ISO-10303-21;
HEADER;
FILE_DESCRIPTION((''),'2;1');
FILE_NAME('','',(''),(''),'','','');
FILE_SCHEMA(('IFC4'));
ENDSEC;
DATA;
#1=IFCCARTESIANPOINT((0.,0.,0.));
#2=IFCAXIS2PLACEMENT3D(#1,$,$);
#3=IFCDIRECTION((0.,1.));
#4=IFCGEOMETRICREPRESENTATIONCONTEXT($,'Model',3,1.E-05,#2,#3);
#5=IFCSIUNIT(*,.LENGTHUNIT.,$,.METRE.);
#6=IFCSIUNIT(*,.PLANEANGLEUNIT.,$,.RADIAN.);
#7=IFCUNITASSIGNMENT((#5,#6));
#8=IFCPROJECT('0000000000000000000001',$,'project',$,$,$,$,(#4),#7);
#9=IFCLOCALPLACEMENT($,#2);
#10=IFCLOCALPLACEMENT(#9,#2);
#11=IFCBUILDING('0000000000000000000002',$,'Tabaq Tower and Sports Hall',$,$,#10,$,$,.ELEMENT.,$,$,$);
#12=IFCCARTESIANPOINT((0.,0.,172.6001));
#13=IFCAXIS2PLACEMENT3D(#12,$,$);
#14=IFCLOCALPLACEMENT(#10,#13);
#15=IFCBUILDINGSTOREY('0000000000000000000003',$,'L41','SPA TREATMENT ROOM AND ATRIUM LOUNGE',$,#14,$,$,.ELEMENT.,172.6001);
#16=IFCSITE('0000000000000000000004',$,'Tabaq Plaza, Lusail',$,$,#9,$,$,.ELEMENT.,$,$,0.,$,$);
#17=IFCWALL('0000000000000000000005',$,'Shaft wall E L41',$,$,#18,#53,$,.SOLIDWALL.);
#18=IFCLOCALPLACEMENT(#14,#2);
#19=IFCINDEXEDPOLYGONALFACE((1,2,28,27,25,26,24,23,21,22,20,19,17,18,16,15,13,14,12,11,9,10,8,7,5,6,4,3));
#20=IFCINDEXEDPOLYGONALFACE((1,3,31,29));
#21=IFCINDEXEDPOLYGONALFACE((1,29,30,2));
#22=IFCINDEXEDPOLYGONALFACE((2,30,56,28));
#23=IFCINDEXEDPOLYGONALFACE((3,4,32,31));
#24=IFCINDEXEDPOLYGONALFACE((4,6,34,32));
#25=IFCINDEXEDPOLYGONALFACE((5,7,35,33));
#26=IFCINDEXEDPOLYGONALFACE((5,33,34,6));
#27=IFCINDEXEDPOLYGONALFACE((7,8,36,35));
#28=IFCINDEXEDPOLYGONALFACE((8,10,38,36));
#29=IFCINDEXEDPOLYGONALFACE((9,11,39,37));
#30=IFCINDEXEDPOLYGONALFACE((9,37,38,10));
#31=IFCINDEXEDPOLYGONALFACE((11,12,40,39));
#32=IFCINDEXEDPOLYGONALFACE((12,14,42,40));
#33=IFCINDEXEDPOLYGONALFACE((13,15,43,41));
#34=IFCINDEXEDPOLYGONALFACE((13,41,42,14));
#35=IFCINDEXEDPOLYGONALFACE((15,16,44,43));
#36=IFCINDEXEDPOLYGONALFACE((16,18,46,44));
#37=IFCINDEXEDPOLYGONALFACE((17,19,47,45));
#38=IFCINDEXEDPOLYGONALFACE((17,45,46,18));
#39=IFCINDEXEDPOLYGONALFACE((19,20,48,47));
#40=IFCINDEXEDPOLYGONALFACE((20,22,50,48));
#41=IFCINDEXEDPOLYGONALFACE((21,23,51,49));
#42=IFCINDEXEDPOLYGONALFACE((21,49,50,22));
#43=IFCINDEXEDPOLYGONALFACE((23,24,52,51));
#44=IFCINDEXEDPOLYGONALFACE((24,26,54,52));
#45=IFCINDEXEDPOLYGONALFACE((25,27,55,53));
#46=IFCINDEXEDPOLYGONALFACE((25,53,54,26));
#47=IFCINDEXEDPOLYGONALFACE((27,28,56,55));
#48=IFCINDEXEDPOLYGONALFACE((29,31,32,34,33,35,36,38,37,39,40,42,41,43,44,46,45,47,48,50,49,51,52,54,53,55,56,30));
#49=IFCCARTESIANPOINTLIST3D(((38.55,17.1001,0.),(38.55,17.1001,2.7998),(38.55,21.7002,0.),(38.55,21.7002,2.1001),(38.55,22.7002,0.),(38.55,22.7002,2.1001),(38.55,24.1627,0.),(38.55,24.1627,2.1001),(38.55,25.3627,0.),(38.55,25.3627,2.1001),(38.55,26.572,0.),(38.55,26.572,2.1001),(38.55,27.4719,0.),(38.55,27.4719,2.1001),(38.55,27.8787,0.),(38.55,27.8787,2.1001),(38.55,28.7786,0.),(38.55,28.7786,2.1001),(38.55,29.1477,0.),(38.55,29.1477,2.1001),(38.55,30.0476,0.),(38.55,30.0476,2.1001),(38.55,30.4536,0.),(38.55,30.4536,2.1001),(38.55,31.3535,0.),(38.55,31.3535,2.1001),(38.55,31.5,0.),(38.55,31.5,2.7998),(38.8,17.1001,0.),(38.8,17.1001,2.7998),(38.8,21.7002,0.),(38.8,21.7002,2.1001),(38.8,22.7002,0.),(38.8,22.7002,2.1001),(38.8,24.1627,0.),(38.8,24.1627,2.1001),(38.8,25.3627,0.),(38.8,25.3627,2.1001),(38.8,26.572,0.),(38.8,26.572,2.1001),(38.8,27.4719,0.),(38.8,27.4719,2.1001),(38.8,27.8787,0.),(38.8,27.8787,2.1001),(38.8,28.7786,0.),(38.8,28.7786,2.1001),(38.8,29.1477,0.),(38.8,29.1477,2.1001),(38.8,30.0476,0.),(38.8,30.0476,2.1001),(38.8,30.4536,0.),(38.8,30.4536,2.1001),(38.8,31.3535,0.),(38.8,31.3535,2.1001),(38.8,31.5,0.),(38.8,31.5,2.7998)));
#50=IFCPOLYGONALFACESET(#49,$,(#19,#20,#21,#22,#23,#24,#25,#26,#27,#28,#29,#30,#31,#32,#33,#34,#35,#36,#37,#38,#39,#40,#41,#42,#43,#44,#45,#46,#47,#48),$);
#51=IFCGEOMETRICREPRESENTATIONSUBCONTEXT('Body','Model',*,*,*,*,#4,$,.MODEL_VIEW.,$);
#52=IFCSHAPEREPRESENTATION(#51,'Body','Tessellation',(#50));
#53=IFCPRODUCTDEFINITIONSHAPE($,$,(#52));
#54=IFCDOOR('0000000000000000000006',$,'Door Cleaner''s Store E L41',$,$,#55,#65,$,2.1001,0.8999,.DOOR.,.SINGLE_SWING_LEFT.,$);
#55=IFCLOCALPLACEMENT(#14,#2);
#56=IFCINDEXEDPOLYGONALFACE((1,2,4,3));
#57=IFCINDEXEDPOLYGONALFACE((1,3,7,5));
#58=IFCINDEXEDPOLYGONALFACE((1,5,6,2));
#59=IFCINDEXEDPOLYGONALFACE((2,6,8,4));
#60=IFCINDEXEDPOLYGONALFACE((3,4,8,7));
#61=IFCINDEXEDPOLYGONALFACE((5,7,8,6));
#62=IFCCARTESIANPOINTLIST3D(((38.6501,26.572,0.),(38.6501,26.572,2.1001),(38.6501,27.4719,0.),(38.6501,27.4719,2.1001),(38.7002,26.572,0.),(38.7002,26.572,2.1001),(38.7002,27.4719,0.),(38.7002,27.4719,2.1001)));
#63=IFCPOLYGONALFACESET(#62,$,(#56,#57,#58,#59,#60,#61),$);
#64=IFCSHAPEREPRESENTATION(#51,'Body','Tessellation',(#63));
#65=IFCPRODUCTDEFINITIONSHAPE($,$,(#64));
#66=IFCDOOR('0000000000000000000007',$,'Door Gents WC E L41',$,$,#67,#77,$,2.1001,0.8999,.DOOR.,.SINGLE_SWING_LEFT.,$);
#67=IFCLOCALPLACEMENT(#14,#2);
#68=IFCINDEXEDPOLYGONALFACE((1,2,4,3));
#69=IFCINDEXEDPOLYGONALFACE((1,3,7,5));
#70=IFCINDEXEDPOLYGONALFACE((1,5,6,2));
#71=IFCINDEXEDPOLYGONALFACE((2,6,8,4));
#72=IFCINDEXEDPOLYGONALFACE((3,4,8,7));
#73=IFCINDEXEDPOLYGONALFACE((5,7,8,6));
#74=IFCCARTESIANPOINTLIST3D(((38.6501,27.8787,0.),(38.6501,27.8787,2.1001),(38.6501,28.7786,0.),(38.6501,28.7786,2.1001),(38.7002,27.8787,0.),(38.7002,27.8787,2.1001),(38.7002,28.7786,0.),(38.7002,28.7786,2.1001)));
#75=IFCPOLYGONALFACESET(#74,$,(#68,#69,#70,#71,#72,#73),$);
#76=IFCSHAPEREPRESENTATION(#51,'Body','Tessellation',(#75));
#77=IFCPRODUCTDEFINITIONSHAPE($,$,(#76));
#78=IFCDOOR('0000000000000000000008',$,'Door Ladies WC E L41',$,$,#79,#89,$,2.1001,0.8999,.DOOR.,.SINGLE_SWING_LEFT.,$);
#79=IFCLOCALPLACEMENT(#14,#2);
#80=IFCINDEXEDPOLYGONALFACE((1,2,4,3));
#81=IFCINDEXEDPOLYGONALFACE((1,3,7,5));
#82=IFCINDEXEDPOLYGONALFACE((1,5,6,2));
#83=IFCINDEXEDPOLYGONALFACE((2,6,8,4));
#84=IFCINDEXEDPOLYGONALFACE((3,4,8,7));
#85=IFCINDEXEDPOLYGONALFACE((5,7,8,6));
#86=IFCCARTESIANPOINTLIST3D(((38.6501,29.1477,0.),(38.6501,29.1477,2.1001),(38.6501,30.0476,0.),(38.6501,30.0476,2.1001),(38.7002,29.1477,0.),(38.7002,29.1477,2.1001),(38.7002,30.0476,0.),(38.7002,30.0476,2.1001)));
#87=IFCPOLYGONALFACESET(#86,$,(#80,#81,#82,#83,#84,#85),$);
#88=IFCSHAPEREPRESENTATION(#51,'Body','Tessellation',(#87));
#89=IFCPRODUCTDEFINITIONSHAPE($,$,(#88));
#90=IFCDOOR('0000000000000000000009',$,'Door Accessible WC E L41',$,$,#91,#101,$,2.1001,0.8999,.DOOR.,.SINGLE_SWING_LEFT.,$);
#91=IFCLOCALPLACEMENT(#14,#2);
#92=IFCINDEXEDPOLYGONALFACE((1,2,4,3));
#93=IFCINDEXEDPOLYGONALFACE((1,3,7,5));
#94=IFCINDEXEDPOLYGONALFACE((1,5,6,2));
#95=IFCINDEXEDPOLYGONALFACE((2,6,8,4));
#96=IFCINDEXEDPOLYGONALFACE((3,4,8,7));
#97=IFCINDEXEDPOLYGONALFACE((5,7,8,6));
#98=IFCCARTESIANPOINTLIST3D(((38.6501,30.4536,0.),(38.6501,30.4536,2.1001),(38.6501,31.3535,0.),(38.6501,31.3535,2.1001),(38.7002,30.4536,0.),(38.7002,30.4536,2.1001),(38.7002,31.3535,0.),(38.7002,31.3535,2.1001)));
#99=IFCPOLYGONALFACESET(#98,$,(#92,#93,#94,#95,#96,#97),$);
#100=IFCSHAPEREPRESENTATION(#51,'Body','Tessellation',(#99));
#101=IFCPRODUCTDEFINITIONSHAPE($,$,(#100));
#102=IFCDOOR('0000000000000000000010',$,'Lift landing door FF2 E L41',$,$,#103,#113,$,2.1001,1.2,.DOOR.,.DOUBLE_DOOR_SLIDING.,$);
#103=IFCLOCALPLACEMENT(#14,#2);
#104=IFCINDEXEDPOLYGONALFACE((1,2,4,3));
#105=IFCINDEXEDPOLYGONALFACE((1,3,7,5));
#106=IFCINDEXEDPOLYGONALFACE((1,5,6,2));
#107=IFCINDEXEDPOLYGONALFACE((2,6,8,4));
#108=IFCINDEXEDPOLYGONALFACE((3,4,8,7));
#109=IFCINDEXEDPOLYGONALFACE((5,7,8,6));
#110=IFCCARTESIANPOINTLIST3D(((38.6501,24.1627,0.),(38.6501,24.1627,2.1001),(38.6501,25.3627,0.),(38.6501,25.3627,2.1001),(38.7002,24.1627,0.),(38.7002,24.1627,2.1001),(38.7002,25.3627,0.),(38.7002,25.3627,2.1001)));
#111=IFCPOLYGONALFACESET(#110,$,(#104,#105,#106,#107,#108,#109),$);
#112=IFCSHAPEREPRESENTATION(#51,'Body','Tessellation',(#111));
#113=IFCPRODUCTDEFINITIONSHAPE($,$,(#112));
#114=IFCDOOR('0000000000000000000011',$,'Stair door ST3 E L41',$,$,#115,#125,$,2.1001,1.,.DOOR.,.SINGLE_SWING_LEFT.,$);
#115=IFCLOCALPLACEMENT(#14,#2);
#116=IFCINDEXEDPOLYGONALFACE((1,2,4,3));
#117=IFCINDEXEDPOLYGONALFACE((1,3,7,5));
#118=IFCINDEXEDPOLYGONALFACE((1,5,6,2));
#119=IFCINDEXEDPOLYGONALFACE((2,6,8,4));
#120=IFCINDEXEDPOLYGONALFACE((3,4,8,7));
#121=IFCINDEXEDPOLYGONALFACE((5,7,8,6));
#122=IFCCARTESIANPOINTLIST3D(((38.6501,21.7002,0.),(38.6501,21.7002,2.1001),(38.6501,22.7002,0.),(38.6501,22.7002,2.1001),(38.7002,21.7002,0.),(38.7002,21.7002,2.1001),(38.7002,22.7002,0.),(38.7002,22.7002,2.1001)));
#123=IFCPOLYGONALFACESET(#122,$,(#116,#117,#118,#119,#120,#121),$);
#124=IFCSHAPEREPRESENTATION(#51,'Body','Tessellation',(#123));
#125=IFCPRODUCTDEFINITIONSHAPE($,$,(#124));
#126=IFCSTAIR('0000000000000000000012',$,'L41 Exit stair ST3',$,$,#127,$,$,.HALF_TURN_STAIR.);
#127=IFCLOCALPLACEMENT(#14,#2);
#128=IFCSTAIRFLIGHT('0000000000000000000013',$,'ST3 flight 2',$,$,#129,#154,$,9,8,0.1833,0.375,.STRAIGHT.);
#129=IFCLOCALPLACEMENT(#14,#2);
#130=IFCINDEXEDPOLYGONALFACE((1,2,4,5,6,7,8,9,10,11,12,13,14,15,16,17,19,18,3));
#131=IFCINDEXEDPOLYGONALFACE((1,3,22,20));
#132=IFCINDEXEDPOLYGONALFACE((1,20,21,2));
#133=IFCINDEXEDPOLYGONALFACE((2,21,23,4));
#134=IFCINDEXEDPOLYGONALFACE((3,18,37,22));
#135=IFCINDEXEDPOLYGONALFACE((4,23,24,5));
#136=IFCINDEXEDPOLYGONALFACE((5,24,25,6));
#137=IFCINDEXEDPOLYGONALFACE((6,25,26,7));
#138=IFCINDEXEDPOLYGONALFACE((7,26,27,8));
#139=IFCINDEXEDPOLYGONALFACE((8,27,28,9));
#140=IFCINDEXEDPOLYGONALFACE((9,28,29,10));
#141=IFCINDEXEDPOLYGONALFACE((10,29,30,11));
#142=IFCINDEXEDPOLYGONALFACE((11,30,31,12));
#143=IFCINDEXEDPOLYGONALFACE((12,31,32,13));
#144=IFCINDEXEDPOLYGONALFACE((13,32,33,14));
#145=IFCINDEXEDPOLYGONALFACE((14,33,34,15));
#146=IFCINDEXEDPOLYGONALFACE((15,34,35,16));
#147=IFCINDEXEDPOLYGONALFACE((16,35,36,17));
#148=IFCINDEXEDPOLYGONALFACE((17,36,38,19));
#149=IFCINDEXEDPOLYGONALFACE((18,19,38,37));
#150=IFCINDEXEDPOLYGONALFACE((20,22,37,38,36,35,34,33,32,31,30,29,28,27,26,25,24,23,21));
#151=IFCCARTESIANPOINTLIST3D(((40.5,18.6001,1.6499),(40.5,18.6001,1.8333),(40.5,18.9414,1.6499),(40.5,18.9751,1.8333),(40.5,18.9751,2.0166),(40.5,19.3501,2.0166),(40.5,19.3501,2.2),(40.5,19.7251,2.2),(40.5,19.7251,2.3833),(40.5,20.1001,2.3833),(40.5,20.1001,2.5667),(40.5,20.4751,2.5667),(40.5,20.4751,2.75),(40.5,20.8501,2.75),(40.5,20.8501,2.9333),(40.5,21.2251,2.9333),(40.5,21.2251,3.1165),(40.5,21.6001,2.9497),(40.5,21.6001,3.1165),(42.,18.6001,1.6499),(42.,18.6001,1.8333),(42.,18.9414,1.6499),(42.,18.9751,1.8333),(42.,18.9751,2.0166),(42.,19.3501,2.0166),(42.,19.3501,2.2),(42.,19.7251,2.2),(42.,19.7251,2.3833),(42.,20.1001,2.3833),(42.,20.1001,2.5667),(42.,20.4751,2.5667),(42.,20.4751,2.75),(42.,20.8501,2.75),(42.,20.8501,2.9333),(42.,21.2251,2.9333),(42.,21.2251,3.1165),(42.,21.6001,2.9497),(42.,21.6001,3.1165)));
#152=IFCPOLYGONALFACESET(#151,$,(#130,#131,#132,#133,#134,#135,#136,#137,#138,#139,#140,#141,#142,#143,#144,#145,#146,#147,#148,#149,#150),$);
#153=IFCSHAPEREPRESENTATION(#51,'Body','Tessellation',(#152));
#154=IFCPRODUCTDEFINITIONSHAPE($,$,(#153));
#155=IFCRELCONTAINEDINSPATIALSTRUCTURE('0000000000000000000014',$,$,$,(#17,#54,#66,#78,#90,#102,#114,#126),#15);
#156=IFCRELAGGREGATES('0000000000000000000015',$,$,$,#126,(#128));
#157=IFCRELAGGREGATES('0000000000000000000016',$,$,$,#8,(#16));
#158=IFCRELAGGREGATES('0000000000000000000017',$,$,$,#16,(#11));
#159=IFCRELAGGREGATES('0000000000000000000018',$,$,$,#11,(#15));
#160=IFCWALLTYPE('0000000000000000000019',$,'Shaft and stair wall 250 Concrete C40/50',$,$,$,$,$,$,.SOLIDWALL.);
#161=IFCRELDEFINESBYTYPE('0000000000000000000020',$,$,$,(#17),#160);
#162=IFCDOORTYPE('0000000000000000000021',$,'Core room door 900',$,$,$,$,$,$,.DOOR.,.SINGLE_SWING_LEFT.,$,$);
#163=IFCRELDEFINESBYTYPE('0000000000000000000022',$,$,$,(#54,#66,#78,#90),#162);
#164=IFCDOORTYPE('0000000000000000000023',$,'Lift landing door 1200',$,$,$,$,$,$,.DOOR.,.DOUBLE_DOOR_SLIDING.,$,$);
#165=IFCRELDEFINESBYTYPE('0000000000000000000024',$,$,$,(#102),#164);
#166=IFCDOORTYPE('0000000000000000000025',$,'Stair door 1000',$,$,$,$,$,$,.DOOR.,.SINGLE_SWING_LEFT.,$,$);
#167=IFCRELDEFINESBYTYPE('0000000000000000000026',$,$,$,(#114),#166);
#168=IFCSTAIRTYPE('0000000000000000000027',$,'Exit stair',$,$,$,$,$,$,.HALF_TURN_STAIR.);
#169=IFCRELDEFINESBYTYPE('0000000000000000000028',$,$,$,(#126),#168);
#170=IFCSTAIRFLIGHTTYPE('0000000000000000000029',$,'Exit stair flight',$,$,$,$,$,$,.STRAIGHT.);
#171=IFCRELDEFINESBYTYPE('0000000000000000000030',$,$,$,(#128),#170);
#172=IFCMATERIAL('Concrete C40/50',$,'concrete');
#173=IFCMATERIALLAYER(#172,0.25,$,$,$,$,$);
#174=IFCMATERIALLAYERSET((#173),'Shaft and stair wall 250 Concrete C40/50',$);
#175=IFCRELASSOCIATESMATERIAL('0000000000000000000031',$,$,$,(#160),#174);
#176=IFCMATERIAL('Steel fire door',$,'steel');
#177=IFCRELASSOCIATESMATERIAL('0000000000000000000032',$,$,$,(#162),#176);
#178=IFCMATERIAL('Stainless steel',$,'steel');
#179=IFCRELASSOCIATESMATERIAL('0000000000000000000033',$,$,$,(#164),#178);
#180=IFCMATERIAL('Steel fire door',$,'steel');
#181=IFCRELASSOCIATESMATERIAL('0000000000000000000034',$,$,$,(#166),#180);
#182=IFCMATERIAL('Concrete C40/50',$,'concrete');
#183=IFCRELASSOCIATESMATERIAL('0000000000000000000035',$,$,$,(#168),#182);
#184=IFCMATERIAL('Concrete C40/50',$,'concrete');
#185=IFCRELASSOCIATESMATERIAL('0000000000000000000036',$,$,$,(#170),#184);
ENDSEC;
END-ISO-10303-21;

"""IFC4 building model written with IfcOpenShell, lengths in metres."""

from ifc_helpers import new_model, si_unit, direction, frame, frame_2d, origin, place, context, subcontext, project, spatial, polyline, rectangle, outline, extrude, material, layer, layer_set, type_object, element, fill, aggregate, save


model = new_model("IFC4")

# Units and contexts
model_context = context("Model", 3, precision=1e-05, world=origin(), true_north=direction((0.0, 1.0)))
body_context = subcontext(model_context, "Body", "Model", "MODEL_VIEW")
ifc_project = project(units=[si_unit("LENGTHUNIT", "METRE"), si_unit("PLANEANGLEUNIT", "RADIAN")], contexts=[model_context])

# Site, building, storey
site_placement = place(None, origin())
site = spatial("IfcSite", under=ifc_project, at=site_placement, Name="Tabaq Plaza, Lusail", CompositionType="ELEMENT", RefElevation=0.0)
building_placement = place(site_placement, origin())
building = spatial("IfcBuilding", under=site, at=building_placement, Name="Tabaq Tower and Sports Hall", CompositionType="ELEMENT")
storey_placement = place(building_placement, frame((0.0, 0.0, 172.6001)))
storey = spatial("IfcBuildingStorey", under=building, at=storey_placement, Name="L41", Description="SPA TREATMENT ROOM AND ATRIUM LOUNGE", CompositionType="ELEMENT", Elevation=172.6001)

# Wall, openings, doors
ifc_material_1 = material(Name="Concrete C40/50", Category="concrete")
ifc_layer_1 = layer(ifc_material_1, 0.25)
ifc_layer_set_1 = layer_set([ifc_layer_1], Name="Shaft and stair wall 250 Concrete C40/50")
wall_type_1 = type_object("IfcWallType", Name="Shaft and stair wall 250 Concrete C40/50", PredefinedType="SOLIDWALL", material=ifc_layer_set_1)
wall_1_placement = place(storey_placement, frame((38.675, 17.1001, 0.0), z_axis=(0.0, 0.0, 1.0), x_axis=(0.0, 1.0, 0.0)))
wall_1 = element("IfcWall", 1, at=wall_1_placement, inside=storey, type_object=wall_type_1, Name="Shaft wall E L41", PredefinedType="SOLIDWALL", context=body_context, shape_type="SweptSolid", body=[
    extrude(rectangle(XDim=14.3999, YDim=0.25, at=frame_2d((7.2, 0.0))), origin(), (0.0, 0.0, 1.0), 2.7998),
])
opening_1_placement = place(wall_1_placement, frame((4.6001, 0.0, 0.0)))
opening_1 = element("IfcOpeningElement", 2, at=opening_1_placement, cuts=wall_1, PredefinedType="OPENING", context=body_context, shape_type="SweptSolid", body=[
    extrude(rectangle(XDim=1.0, YDim=2.1001, at=frame_2d((0.5, 1.05))), frame((0.0, 0.125, 0.0), z_axis=(0.0, -1.0, 0.0), x_axis=(1.0, 0.0, 0.0)), (0.0, 0.0, 1.0), 0.25),
])
opening_2_placement = place(wall_1_placement, frame((7.0625, 0.0, 0.0)))
opening_2 = element("IfcOpeningElement", 3, at=opening_2_placement, cuts=wall_1, PredefinedType="OPENING", context=body_context, shape_type="SweptSolid", body=[
    extrude(rectangle(XDim=1.2, YDim=2.1001, at=frame_2d((0.6001, 1.05))), frame((0.0, 0.125, 0.0), z_axis=(0.0, -1.0, 0.0), x_axis=(1.0, 0.0, 0.0)), (0.0, 0.0, 1.0), 0.25),
])
opening_3_placement = place(wall_1_placement, frame((9.4719, 0.0, 0.0)))
opening_3 = element("IfcOpeningElement", 4, at=opening_3_placement, cuts=wall_1, PredefinedType="OPENING", context=body_context, shape_type="SweptSolid", body=[
    extrude(rectangle(XDim=0.8999, YDim=2.1001, at=frame_2d((0.45, 1.05))), frame((0.0, 0.125, 0.0), z_axis=(0.0, -1.0, 0.0), x_axis=(1.0, 0.0, 0.0)), (0.0, 0.0, 1.0), 0.25),
])
opening_4_placement = place(wall_1_placement, frame((10.7786, 0.0, 0.0)))
opening_4 = element("IfcOpeningElement", 5, at=opening_4_placement, cuts=wall_1, PredefinedType="OPENING", context=body_context, shape_type="SweptSolid", body=[
    extrude(rectangle(XDim=0.8999, YDim=2.1001, at=frame_2d((0.45, 1.05))), frame((0.0, 0.125, 0.0), z_axis=(0.0, -1.0, 0.0), x_axis=(1.0, 0.0, 0.0)), (0.0, 0.0, 1.0), 0.25),
])
opening_5_placement = place(wall_1_placement, frame((12.0476, 0.0, 0.0)))
opening_5 = element("IfcOpeningElement", 6, at=opening_5_placement, cuts=wall_1, PredefinedType="OPENING", context=body_context, shape_type="SweptSolid", body=[
    extrude(rectangle(XDim=0.8999, YDim=2.1001, at=frame_2d((0.45, 1.05))), frame((0.0, 0.125, 0.0), z_axis=(0.0, -1.0, 0.0), x_axis=(1.0, 0.0, 0.0)), (0.0, 0.0, 1.0), 0.25),
])
opening_6_placement = place(wall_1_placement, frame((13.3535, 0.0, 0.0)))
opening_6 = element("IfcOpeningElement", 7, at=opening_6_placement, cuts=wall_1, PredefinedType="OPENING", context=body_context, shape_type="SweptSolid", body=[
    extrude(rectangle(XDim=0.8999, YDim=2.1001, at=frame_2d((0.45, 1.05))), frame((0.0, 0.125, 0.0), z_axis=(0.0, -1.0, 0.0), x_axis=(1.0, 0.0, 0.0)), (0.0, 0.0, 1.0), 0.25),
])
ifc_material_2 = material(Name="Steel fire door", Category="steel")
door_type_1 = type_object("IfcDoorType", Name="Core room door 900", OperationType="SINGLE_SWING_LEFT", PredefinedType="DOOR", material=ifc_material_2)
door_1_placement = place(opening_3_placement, origin())
door_1 = element("IfcDoor", 8, at=door_1_placement, inside=storey, type_object=door_type_1, Name="Door Cleaner's Store E L41", OperationType="SINGLE_SWING_LEFT", OverallHeight=2.1001, OverallWidth=0.8999, PredefinedType="DOOR", context=body_context, shape_type="SweptSolid", body=[
    extrude(rectangle(XDim=0.8999, YDim=2.1001, at=frame_2d((0.45, 1.05))), frame((0.0, 0.0249, 0.0), z_axis=(0.0, -1.0, 0.0), x_axis=(1.0, 0.0, 0.0)), (0.0, 0.0, 1.0), 0.05),
])
fill(opening_3, door_1)
door_2_placement = place(opening_4_placement, origin())
door_2 = element("IfcDoor", 9, at=door_2_placement, inside=storey, type_object=door_type_1, Name="Door Gents WC E L41", OperationType="SINGLE_SWING_LEFT", OverallHeight=2.1001, OverallWidth=0.8999, PredefinedType="DOOR", context=body_context, shape_type="SweptSolid", body=[
    extrude(rectangle(XDim=0.8999, YDim=2.1001, at=frame_2d((0.45, 1.05))), frame((0.0, 0.0249, 0.0), z_axis=(0.0, -1.0, 0.0), x_axis=(1.0, 0.0, 0.0)), (0.0, 0.0, 1.0), 0.05),
])
fill(opening_4, door_2)
door_3_placement = place(opening_5_placement, origin())
door_3 = element("IfcDoor", 10, at=door_3_placement, inside=storey, type_object=door_type_1, Name="Door Ladies WC E L41", OperationType="SINGLE_SWING_LEFT", OverallHeight=2.1001, OverallWidth=0.8999, PredefinedType="DOOR", context=body_context, shape_type="SweptSolid", body=[
    extrude(rectangle(XDim=0.8999, YDim=2.1001, at=frame_2d((0.45, 1.05))), frame((0.0, 0.0249, 0.0), z_axis=(0.0, -1.0, 0.0), x_axis=(1.0, 0.0, 0.0)), (0.0, 0.0, 1.0), 0.05),
])
fill(opening_5, door_3)
door_4_placement = place(opening_6_placement, origin())
door_4 = element("IfcDoor", 11, at=door_4_placement, inside=storey, type_object=door_type_1, Name="Door Accessible WC E L41", OperationType="SINGLE_SWING_LEFT", OverallHeight=2.1001, OverallWidth=0.8999, PredefinedType="DOOR", context=body_context, shape_type="SweptSolid", body=[
    extrude(rectangle(XDim=0.8999, YDim=2.1001, at=frame_2d((0.45, 1.05))), frame((0.0, 0.0249, 0.0), z_axis=(0.0, -1.0, 0.0), x_axis=(1.0, 0.0, 0.0)), (0.0, 0.0, 1.0), 0.05),
])
fill(opening_6, door_4)
ifc_material_3 = material(Name="Stainless steel", Category="steel")
door_type_2 = type_object("IfcDoorType", Name="Lift landing door 1200", OperationType="DOUBLE_DOOR_SLIDING", PredefinedType="DOOR", material=ifc_material_3)
door_5_placement = place(opening_2_placement, origin())
door_5 = element("IfcDoor", 12, at=door_5_placement, inside=storey, type_object=door_type_2, Name="Lift landing door FF2 E L41", OperationType="DOUBLE_DOOR_SLIDING", OverallHeight=2.1001, OverallWidth=1.2, PredefinedType="DOOR", context=body_context, shape_type="SweptSolid", body=[
    extrude(rectangle(XDim=1.2, YDim=2.1001, at=frame_2d((0.6001, 1.05))), frame((0.0, 0.0249, 0.0), z_axis=(0.0, -1.0, 0.0), x_axis=(1.0, 0.0, 0.0)), (0.0, 0.0, 1.0), 0.05),
])
fill(opening_2, door_5)
ifc_material_4 = material(Name="Steel fire door", Category="steel")
door_type_3 = type_object("IfcDoorType", Name="Stair door 1000", OperationType="SINGLE_SWING_LEFT", PredefinedType="DOOR", material=ifc_material_4)
door_6_placement = place(opening_1_placement, origin())
door_6 = element("IfcDoor", 13, at=door_6_placement, inside=storey, type_object=door_type_3, Name="Stair door ST3 E L41", OperationType="SINGLE_SWING_LEFT", OverallHeight=2.1001, OverallWidth=1.0, PredefinedType="DOOR", context=body_context, shape_type="SweptSolid", body=[
    extrude(rectangle(XDim=1.0, YDim=2.1001, at=frame_2d((0.5, 1.05))), frame((0.0, 0.0249, 0.0), z_axis=(0.0, -1.0, 0.0), x_axis=(1.0, 0.0, 0.0)), (0.0, 0.0, 1.0), 0.05),
])
fill(opening_1, door_6)

# Stair, stair flight
ifc_material_5 = material(Name="Concrete C40/50", Category="concrete")
stair_type = type_object("IfcStairType", Name="Exit stair", PredefinedType="HALF_TURN_STAIR", material=ifc_material_5)
stair_placement = place(storey_placement, origin())
stair = element("IfcStair", 14, at=stair_placement, inside=storey, type_object=stair_type, Name="L41 Exit stair ST3", PredefinedType="HALF_TURN_STAIR")
ifc_material_6 = material(Name="Concrete C40/50", Category="concrete")
stair_flight_type = type_object("IfcStairFlightType", Name="Exit stair flight", PredefinedType="STRAIGHT", material=ifc_material_6)
stair_flight_placement = place(storey_placement, frame((41.25, 18.6001, 1.6499), z_axis=(0.0, 0.0, 1.0), x_axis=(0.0, 1.0, 0.0)))
stair_flight = element("IfcStairFlight", 15, at=stair_flight_placement, type_object=stair_flight_type, Name="ST3 flight 2", NumberOfRisers=9, NumberOfTreads=8, PredefinedType="STRAIGHT", RiserHeight=0.1833, TreadLength=0.375, context=body_context, shape_type="SweptSolid", body=[
    extrude(outline(polyline([(0.0, 0.0), (0.0, 0.1833), (0.375, 0.1833), (0.375, 0.3667), (0.75, 0.3667), (0.75, 0.55), (1.125, 0.55), (1.125, 0.7334), (1.5, 0.7334), (1.5, 0.9167), (1.875, 0.9167), (1.875, 1.1001), (2.25, 1.1001), (2.25, 1.2834), (2.625, 1.2834), (2.625, 1.4666), (3.0, 1.4666), (3.0, 1.6499), (3.0, 1.2998), (0.3413, 0.0), (0.0, 0.0)])), frame((0.0, 0.75, 0.0), z_axis=(0.0, -1.0, 0.0), x_axis=(1.0, 0.0, 0.0)), (0.0, 0.0, 1.0), 1.5),
])
aggregate(stair, [stair_flight])

save(model, "model.ifc")
